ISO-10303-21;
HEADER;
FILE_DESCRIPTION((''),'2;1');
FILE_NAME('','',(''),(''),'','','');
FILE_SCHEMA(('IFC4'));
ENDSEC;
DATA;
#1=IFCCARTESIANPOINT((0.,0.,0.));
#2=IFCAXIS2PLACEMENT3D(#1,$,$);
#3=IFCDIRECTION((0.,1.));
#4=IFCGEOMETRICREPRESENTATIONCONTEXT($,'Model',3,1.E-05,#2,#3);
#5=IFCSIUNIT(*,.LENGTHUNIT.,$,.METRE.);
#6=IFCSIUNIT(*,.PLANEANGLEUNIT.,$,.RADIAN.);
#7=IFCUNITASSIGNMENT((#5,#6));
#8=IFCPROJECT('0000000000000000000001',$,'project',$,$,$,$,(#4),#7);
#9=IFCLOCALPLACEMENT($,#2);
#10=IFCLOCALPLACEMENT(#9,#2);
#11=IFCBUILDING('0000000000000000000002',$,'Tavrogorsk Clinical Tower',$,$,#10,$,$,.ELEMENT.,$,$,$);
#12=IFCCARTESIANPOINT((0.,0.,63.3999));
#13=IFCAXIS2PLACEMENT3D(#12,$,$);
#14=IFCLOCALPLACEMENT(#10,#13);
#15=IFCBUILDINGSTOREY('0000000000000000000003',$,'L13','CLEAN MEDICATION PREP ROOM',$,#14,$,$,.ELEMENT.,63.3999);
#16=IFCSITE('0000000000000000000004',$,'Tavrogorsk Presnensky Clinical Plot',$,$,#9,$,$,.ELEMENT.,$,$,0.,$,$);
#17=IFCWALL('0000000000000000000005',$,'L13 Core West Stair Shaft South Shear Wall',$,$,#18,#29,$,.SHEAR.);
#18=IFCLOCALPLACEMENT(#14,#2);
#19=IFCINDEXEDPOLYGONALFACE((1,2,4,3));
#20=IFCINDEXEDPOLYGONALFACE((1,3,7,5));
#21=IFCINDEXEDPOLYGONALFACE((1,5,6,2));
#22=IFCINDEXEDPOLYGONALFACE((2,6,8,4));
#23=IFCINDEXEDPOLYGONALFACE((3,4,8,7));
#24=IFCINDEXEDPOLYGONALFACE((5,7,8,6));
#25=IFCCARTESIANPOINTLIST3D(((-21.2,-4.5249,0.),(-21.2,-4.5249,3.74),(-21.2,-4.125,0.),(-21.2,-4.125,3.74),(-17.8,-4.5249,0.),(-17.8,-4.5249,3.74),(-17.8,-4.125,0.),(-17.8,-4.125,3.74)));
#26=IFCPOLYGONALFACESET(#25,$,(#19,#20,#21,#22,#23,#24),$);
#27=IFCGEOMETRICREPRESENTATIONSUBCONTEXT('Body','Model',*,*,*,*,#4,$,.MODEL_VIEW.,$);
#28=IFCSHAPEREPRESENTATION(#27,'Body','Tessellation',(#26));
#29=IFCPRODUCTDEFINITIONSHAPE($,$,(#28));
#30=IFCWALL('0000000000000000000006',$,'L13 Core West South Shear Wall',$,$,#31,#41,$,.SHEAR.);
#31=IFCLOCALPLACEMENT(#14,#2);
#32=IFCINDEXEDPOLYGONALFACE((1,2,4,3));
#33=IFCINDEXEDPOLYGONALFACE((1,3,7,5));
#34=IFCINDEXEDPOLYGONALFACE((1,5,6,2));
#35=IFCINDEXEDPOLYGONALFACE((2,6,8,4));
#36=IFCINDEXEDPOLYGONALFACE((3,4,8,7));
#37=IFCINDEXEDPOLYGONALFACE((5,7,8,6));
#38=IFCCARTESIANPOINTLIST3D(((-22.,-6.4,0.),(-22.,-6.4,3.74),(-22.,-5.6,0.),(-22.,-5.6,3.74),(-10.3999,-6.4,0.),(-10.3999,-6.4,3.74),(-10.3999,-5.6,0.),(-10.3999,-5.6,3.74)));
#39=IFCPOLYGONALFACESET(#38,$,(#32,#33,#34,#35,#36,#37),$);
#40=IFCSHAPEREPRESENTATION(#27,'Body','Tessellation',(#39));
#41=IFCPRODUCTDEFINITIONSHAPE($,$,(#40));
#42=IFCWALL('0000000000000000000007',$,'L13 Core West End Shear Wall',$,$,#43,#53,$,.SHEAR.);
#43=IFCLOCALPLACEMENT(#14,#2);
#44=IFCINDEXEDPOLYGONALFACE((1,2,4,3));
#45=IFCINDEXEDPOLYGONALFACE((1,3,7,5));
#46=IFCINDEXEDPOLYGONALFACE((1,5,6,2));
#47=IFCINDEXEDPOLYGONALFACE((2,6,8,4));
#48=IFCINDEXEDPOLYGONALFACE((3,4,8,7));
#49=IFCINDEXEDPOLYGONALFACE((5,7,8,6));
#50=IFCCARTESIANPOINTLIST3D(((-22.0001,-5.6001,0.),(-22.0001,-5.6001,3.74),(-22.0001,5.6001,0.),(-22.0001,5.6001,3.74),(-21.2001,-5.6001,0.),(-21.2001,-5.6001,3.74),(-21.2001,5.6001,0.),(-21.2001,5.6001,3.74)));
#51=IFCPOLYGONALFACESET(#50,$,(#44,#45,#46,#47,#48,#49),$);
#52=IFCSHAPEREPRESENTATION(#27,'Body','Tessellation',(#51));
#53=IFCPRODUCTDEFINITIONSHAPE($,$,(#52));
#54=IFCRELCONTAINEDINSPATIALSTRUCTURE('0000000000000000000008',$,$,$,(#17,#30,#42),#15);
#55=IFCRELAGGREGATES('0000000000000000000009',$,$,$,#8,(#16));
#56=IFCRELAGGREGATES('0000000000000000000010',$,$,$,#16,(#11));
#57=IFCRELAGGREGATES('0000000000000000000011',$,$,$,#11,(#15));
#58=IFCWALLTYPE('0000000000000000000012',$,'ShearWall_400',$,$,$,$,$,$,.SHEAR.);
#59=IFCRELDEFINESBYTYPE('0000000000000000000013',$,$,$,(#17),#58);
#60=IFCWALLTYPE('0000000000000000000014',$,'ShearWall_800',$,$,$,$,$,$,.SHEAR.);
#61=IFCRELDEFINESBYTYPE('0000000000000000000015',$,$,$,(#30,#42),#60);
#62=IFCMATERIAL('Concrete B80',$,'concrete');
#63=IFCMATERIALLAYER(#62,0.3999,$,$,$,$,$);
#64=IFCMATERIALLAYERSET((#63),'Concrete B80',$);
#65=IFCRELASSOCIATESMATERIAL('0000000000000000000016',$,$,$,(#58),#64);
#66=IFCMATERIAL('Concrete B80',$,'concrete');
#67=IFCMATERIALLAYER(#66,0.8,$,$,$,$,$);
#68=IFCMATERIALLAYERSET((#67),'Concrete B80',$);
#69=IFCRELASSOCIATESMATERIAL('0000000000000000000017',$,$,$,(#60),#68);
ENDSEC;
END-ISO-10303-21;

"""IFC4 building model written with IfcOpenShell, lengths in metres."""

from ifc_helpers import new_model, si_unit, direction, frame, frame_2d, origin, place, context, subcontext, project, spatial, rectangle, extrude, material, layer, layer_set, type_object, element, save


model = new_model("IFC4")

# Units and contexts
model_context = context("Model", 3, precision=1e-05, world=origin(), true_north=direction((0.0, 1.0)))
body_context = subcontext(model_context, "Body", "Model", "MODEL_VIEW")
ifc_project = project(units=[si_unit("LENGTHUNIT", "METRE"), si_unit("PLANEANGLEUNIT", "RADIAN")], contexts=[model_context])

# Site, building, storey
site_placement = place(None, origin())
site = spatial("IfcSite", under=ifc_project, at=site_placement, Name="Tavrogorsk Presnensky Clinical Plot", CompositionType="ELEMENT", RefElevation=0.0)
building_placement = place(site_placement, origin())
building = spatial("IfcBuilding", under=site, at=building_placement, Name="Tavrogorsk Clinical Tower", CompositionType="ELEMENT")
storey_placement = place(building_placement, frame((0.0, 0.0, 63.3999)))
storey = spatial("IfcBuildingStorey", under=building, at=storey_placement, Name="L13", Description="CLEAN MEDICATION PREP ROOM", CompositionType="ELEMENT", Elevation=63.3999)

# Walls
ifc_material_1 = material(Name="Concrete B80", Category="concrete")
ifc_layer_1 = layer(ifc_material_1, 0.3999)
ifc_layer_set_1 = layer_set([ifc_layer_1], Name="Concrete B80")
wall_type_1 = type_object("IfcWallType", Name="ShearWall_400", PredefinedType="SHEAR", material=ifc_layer_set_1)
wall_1_placement = place(storey_placement, frame((-21.2, -4.325, 0.0), z_axis=(0.0, 0.0, 1.0), x_axis=(1.0, 0.0, 0.0)))
element("IfcWall", 1, at=wall_1_placement, inside=storey, type_object=wall_type_1, Name="L13 Core West Stair Shaft South Shear Wall", PredefinedType="SHEAR", context=body_context, shape_type="SweptSolid", body=[
    extrude(rectangle(XDim=3.3999, YDim=0.3999, at=frame_2d((1.7, 0.0))), origin(), (0.0, 0.0, 1.0), 3.74),
])
ifc_material_2 = material(Name="Concrete B80", Category="concrete")
ifc_layer_2 = layer(ifc_material_2, 0.8)
ifc_layer_set_2 = layer_set([ifc_layer_2], Name="Concrete B80")
wall_type_2 = type_object("IfcWallType", Name="ShearWall_800", PredefinedType="SHEAR", material=ifc_layer_set_2)
wall_2_placement = place(storey_placement, frame((-22.0, -6.0, 0.0), z_axis=(0.0, 0.0, 1.0), x_axis=(1.0, 0.0, 0.0)))
element("IfcWall", 2, at=wall_2_placement, inside=storey, type_object=wall_type_2, Name="L13 Core West South Shear Wall", PredefinedType="SHEAR", context=body_context, shape_type="SweptSolid", body=[
    extrude(rectangle(XDim=11.6001, YDim=0.8, at=frame_2d((5.8, 0.0))), origin(), (0.0, 0.0, 1.0), 3.74),
])
wall_3_placement = place(storey_placement, frame((-21.6001, -5.6001, 0.0), z_axis=(0.0, 0.0, 1.0), x_axis=(0.0, 1.0, 0.0)))
element("IfcWall", 3, at=wall_3_placement, inside=storey, type_object=wall_type_2, Name="L13 Core West End Shear Wall", PredefinedType="SHEAR", context=body_context, shape_type="SweptSolid", body=[
    extrude(rectangle(XDim=11.2002, YDim=0.8, at=frame_2d((5.6001, 0.0))), origin(), (0.0, 0.0, 1.0), 3.74),
])

save(model, "model.ifc")
